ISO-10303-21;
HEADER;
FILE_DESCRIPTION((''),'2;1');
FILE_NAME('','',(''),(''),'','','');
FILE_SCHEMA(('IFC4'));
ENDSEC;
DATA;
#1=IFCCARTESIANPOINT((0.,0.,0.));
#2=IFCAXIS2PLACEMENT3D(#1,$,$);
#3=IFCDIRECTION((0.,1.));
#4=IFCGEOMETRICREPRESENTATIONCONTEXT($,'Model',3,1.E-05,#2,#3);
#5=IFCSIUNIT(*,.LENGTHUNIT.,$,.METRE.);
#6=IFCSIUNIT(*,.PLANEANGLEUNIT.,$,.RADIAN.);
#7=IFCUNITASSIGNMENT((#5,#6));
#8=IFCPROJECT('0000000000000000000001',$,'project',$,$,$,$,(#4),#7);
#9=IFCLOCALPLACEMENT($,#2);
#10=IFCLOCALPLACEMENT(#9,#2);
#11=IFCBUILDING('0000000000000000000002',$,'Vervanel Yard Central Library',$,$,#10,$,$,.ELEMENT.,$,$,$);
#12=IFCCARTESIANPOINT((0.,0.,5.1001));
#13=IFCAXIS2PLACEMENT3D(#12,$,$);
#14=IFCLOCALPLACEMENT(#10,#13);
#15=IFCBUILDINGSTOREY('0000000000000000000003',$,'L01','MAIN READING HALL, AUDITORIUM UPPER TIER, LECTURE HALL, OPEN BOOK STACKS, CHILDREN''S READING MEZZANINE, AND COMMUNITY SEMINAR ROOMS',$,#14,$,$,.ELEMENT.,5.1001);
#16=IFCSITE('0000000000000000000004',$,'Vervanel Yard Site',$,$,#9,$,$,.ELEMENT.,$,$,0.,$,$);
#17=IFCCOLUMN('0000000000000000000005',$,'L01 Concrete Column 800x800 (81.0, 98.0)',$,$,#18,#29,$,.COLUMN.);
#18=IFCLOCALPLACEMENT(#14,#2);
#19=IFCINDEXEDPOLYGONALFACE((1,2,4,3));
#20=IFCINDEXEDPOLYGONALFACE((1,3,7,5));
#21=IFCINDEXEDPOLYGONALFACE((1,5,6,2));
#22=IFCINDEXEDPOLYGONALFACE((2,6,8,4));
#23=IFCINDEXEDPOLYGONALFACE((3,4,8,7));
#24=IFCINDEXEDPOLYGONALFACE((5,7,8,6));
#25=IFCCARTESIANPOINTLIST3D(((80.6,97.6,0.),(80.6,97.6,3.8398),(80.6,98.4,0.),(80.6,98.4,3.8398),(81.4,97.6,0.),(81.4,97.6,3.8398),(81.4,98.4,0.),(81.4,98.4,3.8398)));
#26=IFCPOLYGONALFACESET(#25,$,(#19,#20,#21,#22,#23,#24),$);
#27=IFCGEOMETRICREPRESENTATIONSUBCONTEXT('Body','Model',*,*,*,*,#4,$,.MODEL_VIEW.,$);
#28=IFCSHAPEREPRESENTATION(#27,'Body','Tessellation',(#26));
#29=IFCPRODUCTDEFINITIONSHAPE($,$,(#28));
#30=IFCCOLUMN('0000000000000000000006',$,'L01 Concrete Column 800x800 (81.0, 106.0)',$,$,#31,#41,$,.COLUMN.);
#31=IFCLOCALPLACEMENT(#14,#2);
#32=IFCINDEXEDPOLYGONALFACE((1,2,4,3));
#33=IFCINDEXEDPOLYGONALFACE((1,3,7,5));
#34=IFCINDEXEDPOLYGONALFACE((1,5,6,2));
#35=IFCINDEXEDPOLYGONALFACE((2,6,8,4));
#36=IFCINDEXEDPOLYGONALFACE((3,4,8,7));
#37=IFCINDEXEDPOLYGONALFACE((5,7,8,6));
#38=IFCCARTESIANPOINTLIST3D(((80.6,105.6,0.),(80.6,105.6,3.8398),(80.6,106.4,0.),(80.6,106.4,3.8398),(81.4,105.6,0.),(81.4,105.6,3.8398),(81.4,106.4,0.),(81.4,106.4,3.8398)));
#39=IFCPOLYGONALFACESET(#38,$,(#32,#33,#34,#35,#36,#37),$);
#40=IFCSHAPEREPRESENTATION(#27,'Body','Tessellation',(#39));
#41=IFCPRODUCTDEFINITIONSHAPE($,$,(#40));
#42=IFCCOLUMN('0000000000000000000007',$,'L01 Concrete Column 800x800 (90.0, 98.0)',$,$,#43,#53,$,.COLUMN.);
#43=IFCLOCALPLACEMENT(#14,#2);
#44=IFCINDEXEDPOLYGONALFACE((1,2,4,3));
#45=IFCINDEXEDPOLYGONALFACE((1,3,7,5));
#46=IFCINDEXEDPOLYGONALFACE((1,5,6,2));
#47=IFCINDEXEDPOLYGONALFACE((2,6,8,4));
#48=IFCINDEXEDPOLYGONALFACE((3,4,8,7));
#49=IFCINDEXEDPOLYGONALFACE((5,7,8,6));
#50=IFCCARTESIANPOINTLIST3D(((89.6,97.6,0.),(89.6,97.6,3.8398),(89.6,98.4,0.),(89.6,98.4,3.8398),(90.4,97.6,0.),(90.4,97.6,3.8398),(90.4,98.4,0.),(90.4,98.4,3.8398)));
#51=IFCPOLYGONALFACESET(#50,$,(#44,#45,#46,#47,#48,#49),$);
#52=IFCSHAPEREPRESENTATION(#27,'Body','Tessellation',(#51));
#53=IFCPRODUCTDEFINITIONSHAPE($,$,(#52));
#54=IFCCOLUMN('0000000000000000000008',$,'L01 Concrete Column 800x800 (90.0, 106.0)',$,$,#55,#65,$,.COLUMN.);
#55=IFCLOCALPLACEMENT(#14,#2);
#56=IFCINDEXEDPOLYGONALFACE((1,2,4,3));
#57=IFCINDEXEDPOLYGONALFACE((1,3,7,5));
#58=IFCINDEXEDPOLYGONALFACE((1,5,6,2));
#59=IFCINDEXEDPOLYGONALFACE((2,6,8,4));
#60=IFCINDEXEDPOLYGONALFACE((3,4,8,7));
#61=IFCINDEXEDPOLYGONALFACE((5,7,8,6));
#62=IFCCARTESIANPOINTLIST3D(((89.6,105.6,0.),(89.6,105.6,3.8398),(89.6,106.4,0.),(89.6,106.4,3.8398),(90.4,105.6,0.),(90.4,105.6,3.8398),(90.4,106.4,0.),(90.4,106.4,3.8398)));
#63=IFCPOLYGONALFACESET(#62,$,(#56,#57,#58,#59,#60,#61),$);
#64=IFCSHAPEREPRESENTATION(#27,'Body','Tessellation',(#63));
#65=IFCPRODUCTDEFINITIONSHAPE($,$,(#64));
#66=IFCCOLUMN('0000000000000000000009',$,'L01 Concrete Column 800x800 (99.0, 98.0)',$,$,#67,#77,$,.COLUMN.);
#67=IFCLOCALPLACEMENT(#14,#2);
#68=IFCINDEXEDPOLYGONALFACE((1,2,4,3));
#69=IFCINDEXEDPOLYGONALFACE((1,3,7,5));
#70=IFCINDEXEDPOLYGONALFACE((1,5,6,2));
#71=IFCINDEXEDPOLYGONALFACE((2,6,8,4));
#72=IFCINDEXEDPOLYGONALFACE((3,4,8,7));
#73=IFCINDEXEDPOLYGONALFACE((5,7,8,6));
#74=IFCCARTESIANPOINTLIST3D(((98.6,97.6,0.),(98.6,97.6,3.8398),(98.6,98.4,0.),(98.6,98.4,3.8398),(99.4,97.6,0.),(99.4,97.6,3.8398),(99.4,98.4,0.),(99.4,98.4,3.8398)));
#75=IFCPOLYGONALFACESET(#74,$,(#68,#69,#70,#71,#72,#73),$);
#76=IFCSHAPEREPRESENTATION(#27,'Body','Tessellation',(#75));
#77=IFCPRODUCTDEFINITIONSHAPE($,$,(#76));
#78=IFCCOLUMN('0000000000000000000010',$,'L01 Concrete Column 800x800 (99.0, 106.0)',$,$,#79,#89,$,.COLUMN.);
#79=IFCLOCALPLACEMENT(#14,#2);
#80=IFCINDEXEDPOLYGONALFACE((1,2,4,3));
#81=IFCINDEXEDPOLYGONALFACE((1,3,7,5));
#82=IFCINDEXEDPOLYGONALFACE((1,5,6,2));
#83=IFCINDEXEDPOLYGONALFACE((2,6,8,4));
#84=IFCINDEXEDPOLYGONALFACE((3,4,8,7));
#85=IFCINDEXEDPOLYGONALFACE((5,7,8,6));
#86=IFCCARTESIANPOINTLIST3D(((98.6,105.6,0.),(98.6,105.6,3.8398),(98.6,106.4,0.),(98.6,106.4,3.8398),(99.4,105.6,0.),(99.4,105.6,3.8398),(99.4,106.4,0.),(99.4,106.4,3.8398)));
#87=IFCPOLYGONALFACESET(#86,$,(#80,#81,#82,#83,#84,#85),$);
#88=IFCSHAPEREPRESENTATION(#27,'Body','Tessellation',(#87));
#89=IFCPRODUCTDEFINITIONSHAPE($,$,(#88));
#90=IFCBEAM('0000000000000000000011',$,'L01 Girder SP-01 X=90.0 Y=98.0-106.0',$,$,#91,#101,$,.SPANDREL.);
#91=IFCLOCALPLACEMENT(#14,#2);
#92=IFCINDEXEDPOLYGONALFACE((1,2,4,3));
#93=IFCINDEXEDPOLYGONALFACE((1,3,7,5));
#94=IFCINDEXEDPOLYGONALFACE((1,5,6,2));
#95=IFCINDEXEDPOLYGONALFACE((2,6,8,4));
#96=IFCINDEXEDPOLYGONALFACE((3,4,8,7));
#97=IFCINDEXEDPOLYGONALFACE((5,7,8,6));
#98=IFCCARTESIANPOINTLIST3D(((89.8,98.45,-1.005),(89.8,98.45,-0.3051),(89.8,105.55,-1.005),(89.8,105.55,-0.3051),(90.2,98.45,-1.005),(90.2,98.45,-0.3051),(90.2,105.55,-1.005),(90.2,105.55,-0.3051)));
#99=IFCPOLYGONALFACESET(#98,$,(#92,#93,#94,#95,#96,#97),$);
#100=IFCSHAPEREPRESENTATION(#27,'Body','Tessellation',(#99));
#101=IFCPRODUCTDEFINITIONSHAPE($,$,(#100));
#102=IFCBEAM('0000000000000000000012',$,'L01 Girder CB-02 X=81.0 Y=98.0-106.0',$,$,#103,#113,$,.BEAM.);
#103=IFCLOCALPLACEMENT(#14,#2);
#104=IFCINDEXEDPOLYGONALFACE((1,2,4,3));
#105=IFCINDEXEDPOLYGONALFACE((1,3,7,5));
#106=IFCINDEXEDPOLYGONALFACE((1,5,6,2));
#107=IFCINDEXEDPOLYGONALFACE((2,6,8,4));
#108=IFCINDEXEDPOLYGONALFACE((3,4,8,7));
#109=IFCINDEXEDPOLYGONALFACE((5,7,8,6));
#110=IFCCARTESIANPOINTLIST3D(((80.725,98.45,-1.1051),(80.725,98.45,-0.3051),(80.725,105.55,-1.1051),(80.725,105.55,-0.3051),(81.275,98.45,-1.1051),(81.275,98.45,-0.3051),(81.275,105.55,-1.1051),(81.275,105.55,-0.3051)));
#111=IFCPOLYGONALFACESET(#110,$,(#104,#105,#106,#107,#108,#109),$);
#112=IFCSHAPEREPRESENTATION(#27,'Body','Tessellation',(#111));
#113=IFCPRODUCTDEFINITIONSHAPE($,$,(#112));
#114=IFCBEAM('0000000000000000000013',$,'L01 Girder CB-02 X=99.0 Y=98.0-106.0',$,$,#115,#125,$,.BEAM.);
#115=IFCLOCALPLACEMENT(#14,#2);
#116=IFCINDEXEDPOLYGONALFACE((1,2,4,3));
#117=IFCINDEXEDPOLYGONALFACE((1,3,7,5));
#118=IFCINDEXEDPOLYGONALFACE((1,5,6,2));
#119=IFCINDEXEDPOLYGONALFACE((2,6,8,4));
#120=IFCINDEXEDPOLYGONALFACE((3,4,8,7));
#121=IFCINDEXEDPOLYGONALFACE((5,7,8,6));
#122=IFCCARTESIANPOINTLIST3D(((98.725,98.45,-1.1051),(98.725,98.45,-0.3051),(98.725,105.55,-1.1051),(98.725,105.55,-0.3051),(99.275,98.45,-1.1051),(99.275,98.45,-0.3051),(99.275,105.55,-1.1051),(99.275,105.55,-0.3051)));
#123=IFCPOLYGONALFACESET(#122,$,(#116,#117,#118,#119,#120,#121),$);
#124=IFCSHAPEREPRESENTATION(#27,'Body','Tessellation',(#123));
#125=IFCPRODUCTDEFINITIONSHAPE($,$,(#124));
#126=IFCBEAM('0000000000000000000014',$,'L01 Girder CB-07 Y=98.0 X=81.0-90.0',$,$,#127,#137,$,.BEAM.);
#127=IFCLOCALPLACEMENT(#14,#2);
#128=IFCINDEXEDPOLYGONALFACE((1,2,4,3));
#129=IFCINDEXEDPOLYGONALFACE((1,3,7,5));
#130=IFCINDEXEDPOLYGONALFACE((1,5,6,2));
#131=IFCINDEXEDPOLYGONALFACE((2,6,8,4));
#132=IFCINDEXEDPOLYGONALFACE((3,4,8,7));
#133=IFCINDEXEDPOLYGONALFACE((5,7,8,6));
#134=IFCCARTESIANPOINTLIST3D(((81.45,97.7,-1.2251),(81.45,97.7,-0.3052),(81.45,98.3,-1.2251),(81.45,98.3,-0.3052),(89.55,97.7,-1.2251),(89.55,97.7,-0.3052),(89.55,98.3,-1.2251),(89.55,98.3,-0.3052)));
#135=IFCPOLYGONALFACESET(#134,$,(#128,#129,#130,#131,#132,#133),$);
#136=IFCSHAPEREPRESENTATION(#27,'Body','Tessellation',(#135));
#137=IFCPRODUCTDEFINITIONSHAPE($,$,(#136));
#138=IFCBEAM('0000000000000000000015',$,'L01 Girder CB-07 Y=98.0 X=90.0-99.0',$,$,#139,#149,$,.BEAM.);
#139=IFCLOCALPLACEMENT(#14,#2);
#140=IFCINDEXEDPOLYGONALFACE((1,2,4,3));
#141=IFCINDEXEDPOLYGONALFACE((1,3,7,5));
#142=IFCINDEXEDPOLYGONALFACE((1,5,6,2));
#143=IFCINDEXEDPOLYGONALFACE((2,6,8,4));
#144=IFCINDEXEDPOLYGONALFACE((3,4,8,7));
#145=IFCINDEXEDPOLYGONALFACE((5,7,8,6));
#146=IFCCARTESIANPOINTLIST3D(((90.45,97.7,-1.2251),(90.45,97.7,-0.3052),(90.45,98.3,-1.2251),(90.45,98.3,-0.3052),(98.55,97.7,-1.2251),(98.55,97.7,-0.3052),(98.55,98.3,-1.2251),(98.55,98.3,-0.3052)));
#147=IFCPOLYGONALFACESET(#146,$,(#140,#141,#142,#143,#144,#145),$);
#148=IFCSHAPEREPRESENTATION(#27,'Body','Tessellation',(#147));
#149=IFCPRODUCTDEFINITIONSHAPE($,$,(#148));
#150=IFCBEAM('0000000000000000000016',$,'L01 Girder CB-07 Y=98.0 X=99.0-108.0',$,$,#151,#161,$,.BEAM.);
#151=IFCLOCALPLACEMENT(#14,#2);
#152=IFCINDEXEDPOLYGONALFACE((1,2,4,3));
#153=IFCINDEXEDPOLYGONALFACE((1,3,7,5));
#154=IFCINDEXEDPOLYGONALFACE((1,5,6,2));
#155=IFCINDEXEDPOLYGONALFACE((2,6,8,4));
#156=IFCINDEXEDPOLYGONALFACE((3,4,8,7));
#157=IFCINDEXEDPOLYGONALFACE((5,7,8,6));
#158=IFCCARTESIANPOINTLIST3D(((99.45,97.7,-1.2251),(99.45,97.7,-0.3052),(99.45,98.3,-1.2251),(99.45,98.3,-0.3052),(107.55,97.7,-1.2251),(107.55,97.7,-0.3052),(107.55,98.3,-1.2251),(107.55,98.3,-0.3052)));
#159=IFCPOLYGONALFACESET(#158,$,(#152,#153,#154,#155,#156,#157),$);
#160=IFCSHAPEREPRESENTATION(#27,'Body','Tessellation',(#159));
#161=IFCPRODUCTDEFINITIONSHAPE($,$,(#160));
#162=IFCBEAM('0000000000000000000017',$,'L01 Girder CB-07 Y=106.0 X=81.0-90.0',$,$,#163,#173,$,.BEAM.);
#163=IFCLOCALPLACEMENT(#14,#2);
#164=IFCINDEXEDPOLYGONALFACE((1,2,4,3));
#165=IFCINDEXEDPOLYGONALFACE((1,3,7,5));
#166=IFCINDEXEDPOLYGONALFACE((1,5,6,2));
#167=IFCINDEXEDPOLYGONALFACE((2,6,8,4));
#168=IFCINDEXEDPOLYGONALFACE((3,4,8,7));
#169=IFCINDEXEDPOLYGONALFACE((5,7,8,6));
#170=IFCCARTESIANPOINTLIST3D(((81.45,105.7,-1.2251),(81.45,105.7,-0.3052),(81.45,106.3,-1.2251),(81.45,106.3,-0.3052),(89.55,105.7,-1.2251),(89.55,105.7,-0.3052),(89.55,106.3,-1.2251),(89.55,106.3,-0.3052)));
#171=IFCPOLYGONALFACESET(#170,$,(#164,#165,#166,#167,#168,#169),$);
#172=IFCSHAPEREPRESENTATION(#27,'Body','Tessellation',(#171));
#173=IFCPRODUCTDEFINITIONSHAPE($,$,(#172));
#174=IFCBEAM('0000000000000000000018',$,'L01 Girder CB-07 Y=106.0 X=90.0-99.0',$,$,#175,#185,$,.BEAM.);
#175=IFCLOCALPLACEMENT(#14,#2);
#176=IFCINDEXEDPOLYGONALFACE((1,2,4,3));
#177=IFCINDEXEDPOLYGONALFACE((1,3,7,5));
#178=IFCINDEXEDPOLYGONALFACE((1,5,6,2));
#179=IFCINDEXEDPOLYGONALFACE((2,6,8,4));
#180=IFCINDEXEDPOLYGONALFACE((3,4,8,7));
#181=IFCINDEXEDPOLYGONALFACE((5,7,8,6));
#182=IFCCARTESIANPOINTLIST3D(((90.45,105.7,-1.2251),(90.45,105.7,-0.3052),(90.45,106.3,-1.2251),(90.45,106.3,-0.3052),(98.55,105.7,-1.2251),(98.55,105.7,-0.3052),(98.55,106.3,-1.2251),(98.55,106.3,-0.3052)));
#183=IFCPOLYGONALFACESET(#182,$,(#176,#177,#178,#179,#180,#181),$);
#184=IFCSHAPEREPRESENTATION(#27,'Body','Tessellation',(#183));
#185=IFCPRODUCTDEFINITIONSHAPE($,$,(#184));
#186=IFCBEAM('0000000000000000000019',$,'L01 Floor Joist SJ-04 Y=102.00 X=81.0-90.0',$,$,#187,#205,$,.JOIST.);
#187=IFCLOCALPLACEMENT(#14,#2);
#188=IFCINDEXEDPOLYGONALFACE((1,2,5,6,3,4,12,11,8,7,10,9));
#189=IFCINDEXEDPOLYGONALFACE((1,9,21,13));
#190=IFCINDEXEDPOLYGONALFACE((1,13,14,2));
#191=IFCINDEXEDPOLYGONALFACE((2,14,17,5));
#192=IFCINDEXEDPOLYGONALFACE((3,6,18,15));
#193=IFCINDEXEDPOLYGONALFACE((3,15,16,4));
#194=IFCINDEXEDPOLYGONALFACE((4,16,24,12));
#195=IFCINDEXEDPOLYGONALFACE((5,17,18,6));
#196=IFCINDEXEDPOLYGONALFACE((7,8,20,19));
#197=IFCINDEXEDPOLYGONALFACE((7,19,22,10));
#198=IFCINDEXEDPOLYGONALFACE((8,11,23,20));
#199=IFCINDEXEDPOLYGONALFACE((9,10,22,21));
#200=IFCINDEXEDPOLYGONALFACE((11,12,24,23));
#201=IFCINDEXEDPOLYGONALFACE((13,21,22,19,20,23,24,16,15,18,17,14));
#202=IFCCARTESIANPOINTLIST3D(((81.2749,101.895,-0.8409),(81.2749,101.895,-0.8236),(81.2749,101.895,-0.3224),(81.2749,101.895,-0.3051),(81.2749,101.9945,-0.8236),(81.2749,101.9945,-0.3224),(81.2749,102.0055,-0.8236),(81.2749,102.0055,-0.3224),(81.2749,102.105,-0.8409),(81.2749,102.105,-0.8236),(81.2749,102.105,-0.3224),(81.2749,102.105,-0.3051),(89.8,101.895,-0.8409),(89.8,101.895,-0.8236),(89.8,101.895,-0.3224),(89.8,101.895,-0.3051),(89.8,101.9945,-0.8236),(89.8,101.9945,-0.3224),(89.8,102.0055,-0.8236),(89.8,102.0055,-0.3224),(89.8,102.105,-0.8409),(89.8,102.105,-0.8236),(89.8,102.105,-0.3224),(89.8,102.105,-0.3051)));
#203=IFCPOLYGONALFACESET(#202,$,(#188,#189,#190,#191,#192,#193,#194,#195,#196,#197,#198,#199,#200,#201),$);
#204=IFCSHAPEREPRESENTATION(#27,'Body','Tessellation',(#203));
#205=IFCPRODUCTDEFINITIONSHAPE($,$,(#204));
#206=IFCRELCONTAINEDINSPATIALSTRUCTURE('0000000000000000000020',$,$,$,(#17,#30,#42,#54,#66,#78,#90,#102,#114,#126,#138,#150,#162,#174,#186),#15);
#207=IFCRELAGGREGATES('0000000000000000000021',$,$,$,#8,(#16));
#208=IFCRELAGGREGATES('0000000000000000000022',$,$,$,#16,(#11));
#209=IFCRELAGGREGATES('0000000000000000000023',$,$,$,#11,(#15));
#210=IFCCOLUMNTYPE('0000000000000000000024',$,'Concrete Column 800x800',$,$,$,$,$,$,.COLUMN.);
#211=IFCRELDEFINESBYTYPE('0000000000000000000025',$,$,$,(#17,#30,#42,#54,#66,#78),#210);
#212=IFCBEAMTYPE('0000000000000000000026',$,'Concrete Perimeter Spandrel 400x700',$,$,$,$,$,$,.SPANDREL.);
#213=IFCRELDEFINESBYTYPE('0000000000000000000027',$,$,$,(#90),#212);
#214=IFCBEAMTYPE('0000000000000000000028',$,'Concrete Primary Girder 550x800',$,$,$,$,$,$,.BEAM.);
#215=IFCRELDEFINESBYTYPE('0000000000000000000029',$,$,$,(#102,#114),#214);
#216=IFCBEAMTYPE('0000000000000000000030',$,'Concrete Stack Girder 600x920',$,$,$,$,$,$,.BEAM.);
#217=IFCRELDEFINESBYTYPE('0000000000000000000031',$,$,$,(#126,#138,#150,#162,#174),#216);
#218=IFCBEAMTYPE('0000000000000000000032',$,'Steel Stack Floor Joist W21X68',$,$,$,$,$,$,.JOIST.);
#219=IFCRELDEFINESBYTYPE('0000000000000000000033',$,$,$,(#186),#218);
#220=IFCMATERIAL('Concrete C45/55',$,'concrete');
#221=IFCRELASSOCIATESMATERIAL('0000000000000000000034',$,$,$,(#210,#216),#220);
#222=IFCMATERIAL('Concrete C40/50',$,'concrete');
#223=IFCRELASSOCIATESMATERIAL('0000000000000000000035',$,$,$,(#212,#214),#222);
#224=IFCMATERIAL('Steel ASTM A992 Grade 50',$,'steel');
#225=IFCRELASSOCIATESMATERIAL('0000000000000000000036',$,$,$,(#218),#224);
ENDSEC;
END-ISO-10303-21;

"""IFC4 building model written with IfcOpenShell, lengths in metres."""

from ifc_helpers import new_model, si_unit, direction, frame, origin, origin_2d, place, context, subcontext, project, spatial, rectangle, i_section, extrude, material, material_profile, profile_set, type_object, element, save


model = new_model("IFC4")

# Units and contexts
model_context = context("Model", 3, precision=1e-05, world=origin(), true_north=direction((0.0, 1.0)))
body_context = subcontext(model_context, "Body", "Model", "MODEL_VIEW")
ifc_project = project(units=[si_unit("LENGTHUNIT", "METRE"), si_unit("PLANEANGLEUNIT", "RADIAN")], contexts=[model_context])

# Site, building, storey
site_placement = place(None, origin())
site = spatial("IfcSite", under=ifc_project, at=site_placement, Name="Vervanel Yard Site", CompositionType="ELEMENT", RefElevation=0.0)
building_placement = place(site_placement, origin())
building = spatial("IfcBuilding", under=site, at=building_placement, Name="Vervanel Yard Central Library", CompositionType="ELEMENT")
storey_placement = place(building_placement, frame((0.0, 0.0, 5.1001)))
storey = spatial("IfcBuildingStorey", under=building, at=storey_placement, Name="L01", Description="MAIN READING HALL, AUDITORIUM UPPER TIER, LECTURE HALL, OPEN BOOK STACKS, CHILDREN'S READING MEZZANINE, AND COMMUNITY SEMINAR ROOMS", CompositionType="ELEMENT", Elevation=5.1001)

# Columns
ifc_material_1 = material(Name="Concrete C45/55", Category="concrete")
ifc_material_profile_1 = material_profile(ifc_material_1, rectangle(XDim=0.8, YDim=0.8, at=origin_2d()), Name="RC 800x800", Category="concrete")
ifc_profile_set_1 = profile_set([ifc_material_profile_1], Name="Concrete C45/55")
column_type = type_object("IfcColumnType", Name="Concrete Column 800x800", PredefinedType="COLUMN", material=ifc_profile_set_1)
for number, where, z_axis, x_axis, name in (
    (1, (81.0, 98.0, 0.0), (0.0, 0.0, 1.0), (1.0, 0.0, 0.0), "L01 Concrete Column 800x800 (81.0, 98.0)"),
    (2, (81.0, 106.0, 0.0), (0.0, 0.0, 1.0), (1.0, 0.0, 0.0), "L01 Concrete Column 800x800 (81.0, 106.0)"),
    (3, (90.0, 98.0, 0.0), (0.0, 0.0, 1.0), (1.0, 0.0, 0.0), "L01 Concrete Column 800x800 (90.0, 98.0)"),
    (4, (90.0, 106.0, 0.0), (0.0, 0.0, 1.0), (1.0, 0.0, 0.0), "L01 Concrete Column 800x800 (90.0, 106.0)"),
    (5, (99.0, 98.0, 0.0), (0.0, 0.0, 1.0), (1.0, 0.0, 0.0), "L01 Concrete Column 800x800 (99.0, 98.0)"),
    (6, (99.0, 106.0, 0.0), (0.0, 0.0, 1.0), (1.0, 0.0, 0.0), "L01 Concrete Column 800x800 (99.0, 106.0)"),
):
    element("IfcColumn", number, at=place(storey_placement, frame(where, z_axis=z_axis, x_axis=x_axis)), inside=storey, type_object=column_type, Name=name, PredefinedType="COLUMN", context=body_context, shape_type="SweptSolid", body=[
        extrude(rectangle(XDim=0.8, YDim=0.8, at=origin_2d()), origin(), (0.0, 0.0, 1.0), 3.8398),
    ])

# Beams
ifc_material_2 = material(Name="Concrete C40/50", Category="concrete")
ifc_material_profile_2 = material_profile(ifc_material_2, rectangle(XDim=0.3999, YDim=0.7, at=origin_2d()), Name="RC 400x700", Category="concrete")
ifc_profile_set_2 = profile_set([ifc_material_profile_2], Name="Concrete C40/50")
beam_type_1 = type_object("IfcBeamType", Name="Concrete Perimeter Spandrel 400x700", PredefinedType="SPANDREL", material=ifc_profile_set_2)
beam_placement = place(storey_placement, frame((90.0, 98.45, -0.655), z_axis=(0.0, 1.0, 0.0), x_axis=(-1.0, 0.0, 0.0)))
element("IfcBeam", 7, at=beam_placement, inside=storey, type_object=beam_type_1, Name="L01 Girder SP-01 X=90.0 Y=98.0-106.0", PredefinedType="SPANDREL", context=body_context, shape_type="SweptSolid", body=[
    extrude(rectangle(XDim=0.3999, YDim=0.7, at=origin_2d()), origin(), (0.0, 0.0, 1.0), 7.1001),
])
ifc_material_profile_3 = material_profile(ifc_material_2, rectangle(XDim=0.55, YDim=0.8, at=origin_2d()), Name="RC 550x800", Category="concrete")
ifc_profile_set_3 = profile_set([ifc_material_profile_3], Name="Concrete C40/50")
beam_type_2 = type_object("IfcBeamType", Name="Concrete Primary Girder 550x800", PredefinedType="BEAM", material=ifc_profile_set_3)
for number, where, z_axis, x_axis, name in (
    (8, (81.0, 98.45, -0.7051), (0.0, 1.0, 0.0), (-1.0, 0.0, 0.0), "L01 Girder CB-02 X=81.0 Y=98.0-106.0"),
    (9, (99.0, 98.45, -0.7051), (0.0, 1.0, 0.0), (-1.0, 0.0, 0.0), "L01 Girder CB-02 X=99.0 Y=98.0-106.0"),
):
    element("IfcBeam", number, at=place(storey_placement, frame(where, z_axis=z_axis, x_axis=x_axis)), inside=storey, type_object=beam_type_2, Name=name, PredefinedType="BEAM", context=body_context, shape_type="SweptSolid", body=[
        extrude(rectangle(XDim=0.55, YDim=0.8, at=origin_2d()), origin(), (0.0, 0.0, 1.0), 7.1001),
    ])
ifc_material_profile_4 = material_profile(ifc_material_1, rectangle(XDim=0.6001, YDim=0.9199, at=origin_2d()), Name="RC 600x920", Category="concrete")
ifc_profile_set_4 = profile_set([ifc_material_profile_4], Name="Concrete C45/55")
beam_type_3 = type_object("IfcBeamType", Name="Concrete Stack Girder 600x920", PredefinedType="BEAM", material=ifc_profile_set_4)
for number, where, z_axis, x_axis, name in (
    (10, (81.45, 98.0, -0.7651), (1.0, 0.0, 0.0), (0.0, 1.0, 0.0), "L01 Girder CB-07 Y=98.0 X=81.0-90.0"),
    (11, (90.45, 98.0, -0.7651), (1.0, 0.0, 0.0), (0.0, 1.0, 0.0), "L01 Girder CB-07 Y=98.0 X=90.0-99.0"),
    (12, (99.45, 98.0, -0.7651), (1.0, 0.0, 0.0), (0.0, 1.0, 0.0), "L01 Girder CB-07 Y=98.0 X=99.0-108.0"),
    (13, (81.45, 106.0, -0.7651), (1.0, 0.0, 0.0), (0.0, 1.0, 0.0), "L01 Girder CB-07 Y=106.0 X=81.0-90.0"),
    (14, (90.45, 106.0, -0.7651), (1.0, 0.0, 0.0), (0.0, 1.0, 0.0), "L01 Girder CB-07 Y=106.0 X=90.0-99.0"),
):
    element("IfcBeam", number, at=place(storey_placement, frame(where, z_axis=z_axis, x_axis=x_axis)), inside=storey, type_object=beam_type_3, Name=name, PredefinedType="BEAM", context=body_context, shape_type="SweptSolid", body=[
        extrude(rectangle(XDim=0.6001, YDim=0.9199, at=origin_2d()), origin(), (0.0, 0.0, 1.0), 8.1001),
    ])
ifc_material_3 = material(Name="Steel ASTM A992 Grade 50", Category="steel")
ifc_material_profile_5 = material_profile(ifc_material_3, i_section(OverallWidth=0.21, OverallDepth=0.5359, WebThickness=0.011, FlangeThickness=0.0173, at=origin_2d()), Name="W21X68", Category="steel")
ifc_profile_set_5 = profile_set([ifc_material_profile_5], Name="Steel ASTM A992 Grade 50")
beam_type_4 = type_object("IfcBeamType", Name="Steel Stack Floor Joist W21X68", PredefinedType="JOIST", material=ifc_profile_set_5)
for number, where, z_axis, x_axis, name in (
    (15, (81.2749, 102.0, -0.573), (1.0, 0.0, 0.0), (0.0, 1.0, 0.0), "L01 Floor Joist SJ-04 Y=102.00 X=81.0-90.0"),
):
    element("IfcBeam", number, at=place(storey_placement, frame(where, z_axis=z_axis, x_axis=x_axis)), inside=storey, type_object=beam_type_4, Name=name, PredefinedType="JOIST", context=body_context, shape_type="SweptSolid", body=[
        extrude(i_section(OverallWidth=0.21, OverallDepth=0.5359, WebThickness=0.011, FlangeThickness=0.0173, at=origin_2d()), origin(), (0.0, 0.0, 1.0), 8.5251),
    ])

save(model, "model.ifc")
